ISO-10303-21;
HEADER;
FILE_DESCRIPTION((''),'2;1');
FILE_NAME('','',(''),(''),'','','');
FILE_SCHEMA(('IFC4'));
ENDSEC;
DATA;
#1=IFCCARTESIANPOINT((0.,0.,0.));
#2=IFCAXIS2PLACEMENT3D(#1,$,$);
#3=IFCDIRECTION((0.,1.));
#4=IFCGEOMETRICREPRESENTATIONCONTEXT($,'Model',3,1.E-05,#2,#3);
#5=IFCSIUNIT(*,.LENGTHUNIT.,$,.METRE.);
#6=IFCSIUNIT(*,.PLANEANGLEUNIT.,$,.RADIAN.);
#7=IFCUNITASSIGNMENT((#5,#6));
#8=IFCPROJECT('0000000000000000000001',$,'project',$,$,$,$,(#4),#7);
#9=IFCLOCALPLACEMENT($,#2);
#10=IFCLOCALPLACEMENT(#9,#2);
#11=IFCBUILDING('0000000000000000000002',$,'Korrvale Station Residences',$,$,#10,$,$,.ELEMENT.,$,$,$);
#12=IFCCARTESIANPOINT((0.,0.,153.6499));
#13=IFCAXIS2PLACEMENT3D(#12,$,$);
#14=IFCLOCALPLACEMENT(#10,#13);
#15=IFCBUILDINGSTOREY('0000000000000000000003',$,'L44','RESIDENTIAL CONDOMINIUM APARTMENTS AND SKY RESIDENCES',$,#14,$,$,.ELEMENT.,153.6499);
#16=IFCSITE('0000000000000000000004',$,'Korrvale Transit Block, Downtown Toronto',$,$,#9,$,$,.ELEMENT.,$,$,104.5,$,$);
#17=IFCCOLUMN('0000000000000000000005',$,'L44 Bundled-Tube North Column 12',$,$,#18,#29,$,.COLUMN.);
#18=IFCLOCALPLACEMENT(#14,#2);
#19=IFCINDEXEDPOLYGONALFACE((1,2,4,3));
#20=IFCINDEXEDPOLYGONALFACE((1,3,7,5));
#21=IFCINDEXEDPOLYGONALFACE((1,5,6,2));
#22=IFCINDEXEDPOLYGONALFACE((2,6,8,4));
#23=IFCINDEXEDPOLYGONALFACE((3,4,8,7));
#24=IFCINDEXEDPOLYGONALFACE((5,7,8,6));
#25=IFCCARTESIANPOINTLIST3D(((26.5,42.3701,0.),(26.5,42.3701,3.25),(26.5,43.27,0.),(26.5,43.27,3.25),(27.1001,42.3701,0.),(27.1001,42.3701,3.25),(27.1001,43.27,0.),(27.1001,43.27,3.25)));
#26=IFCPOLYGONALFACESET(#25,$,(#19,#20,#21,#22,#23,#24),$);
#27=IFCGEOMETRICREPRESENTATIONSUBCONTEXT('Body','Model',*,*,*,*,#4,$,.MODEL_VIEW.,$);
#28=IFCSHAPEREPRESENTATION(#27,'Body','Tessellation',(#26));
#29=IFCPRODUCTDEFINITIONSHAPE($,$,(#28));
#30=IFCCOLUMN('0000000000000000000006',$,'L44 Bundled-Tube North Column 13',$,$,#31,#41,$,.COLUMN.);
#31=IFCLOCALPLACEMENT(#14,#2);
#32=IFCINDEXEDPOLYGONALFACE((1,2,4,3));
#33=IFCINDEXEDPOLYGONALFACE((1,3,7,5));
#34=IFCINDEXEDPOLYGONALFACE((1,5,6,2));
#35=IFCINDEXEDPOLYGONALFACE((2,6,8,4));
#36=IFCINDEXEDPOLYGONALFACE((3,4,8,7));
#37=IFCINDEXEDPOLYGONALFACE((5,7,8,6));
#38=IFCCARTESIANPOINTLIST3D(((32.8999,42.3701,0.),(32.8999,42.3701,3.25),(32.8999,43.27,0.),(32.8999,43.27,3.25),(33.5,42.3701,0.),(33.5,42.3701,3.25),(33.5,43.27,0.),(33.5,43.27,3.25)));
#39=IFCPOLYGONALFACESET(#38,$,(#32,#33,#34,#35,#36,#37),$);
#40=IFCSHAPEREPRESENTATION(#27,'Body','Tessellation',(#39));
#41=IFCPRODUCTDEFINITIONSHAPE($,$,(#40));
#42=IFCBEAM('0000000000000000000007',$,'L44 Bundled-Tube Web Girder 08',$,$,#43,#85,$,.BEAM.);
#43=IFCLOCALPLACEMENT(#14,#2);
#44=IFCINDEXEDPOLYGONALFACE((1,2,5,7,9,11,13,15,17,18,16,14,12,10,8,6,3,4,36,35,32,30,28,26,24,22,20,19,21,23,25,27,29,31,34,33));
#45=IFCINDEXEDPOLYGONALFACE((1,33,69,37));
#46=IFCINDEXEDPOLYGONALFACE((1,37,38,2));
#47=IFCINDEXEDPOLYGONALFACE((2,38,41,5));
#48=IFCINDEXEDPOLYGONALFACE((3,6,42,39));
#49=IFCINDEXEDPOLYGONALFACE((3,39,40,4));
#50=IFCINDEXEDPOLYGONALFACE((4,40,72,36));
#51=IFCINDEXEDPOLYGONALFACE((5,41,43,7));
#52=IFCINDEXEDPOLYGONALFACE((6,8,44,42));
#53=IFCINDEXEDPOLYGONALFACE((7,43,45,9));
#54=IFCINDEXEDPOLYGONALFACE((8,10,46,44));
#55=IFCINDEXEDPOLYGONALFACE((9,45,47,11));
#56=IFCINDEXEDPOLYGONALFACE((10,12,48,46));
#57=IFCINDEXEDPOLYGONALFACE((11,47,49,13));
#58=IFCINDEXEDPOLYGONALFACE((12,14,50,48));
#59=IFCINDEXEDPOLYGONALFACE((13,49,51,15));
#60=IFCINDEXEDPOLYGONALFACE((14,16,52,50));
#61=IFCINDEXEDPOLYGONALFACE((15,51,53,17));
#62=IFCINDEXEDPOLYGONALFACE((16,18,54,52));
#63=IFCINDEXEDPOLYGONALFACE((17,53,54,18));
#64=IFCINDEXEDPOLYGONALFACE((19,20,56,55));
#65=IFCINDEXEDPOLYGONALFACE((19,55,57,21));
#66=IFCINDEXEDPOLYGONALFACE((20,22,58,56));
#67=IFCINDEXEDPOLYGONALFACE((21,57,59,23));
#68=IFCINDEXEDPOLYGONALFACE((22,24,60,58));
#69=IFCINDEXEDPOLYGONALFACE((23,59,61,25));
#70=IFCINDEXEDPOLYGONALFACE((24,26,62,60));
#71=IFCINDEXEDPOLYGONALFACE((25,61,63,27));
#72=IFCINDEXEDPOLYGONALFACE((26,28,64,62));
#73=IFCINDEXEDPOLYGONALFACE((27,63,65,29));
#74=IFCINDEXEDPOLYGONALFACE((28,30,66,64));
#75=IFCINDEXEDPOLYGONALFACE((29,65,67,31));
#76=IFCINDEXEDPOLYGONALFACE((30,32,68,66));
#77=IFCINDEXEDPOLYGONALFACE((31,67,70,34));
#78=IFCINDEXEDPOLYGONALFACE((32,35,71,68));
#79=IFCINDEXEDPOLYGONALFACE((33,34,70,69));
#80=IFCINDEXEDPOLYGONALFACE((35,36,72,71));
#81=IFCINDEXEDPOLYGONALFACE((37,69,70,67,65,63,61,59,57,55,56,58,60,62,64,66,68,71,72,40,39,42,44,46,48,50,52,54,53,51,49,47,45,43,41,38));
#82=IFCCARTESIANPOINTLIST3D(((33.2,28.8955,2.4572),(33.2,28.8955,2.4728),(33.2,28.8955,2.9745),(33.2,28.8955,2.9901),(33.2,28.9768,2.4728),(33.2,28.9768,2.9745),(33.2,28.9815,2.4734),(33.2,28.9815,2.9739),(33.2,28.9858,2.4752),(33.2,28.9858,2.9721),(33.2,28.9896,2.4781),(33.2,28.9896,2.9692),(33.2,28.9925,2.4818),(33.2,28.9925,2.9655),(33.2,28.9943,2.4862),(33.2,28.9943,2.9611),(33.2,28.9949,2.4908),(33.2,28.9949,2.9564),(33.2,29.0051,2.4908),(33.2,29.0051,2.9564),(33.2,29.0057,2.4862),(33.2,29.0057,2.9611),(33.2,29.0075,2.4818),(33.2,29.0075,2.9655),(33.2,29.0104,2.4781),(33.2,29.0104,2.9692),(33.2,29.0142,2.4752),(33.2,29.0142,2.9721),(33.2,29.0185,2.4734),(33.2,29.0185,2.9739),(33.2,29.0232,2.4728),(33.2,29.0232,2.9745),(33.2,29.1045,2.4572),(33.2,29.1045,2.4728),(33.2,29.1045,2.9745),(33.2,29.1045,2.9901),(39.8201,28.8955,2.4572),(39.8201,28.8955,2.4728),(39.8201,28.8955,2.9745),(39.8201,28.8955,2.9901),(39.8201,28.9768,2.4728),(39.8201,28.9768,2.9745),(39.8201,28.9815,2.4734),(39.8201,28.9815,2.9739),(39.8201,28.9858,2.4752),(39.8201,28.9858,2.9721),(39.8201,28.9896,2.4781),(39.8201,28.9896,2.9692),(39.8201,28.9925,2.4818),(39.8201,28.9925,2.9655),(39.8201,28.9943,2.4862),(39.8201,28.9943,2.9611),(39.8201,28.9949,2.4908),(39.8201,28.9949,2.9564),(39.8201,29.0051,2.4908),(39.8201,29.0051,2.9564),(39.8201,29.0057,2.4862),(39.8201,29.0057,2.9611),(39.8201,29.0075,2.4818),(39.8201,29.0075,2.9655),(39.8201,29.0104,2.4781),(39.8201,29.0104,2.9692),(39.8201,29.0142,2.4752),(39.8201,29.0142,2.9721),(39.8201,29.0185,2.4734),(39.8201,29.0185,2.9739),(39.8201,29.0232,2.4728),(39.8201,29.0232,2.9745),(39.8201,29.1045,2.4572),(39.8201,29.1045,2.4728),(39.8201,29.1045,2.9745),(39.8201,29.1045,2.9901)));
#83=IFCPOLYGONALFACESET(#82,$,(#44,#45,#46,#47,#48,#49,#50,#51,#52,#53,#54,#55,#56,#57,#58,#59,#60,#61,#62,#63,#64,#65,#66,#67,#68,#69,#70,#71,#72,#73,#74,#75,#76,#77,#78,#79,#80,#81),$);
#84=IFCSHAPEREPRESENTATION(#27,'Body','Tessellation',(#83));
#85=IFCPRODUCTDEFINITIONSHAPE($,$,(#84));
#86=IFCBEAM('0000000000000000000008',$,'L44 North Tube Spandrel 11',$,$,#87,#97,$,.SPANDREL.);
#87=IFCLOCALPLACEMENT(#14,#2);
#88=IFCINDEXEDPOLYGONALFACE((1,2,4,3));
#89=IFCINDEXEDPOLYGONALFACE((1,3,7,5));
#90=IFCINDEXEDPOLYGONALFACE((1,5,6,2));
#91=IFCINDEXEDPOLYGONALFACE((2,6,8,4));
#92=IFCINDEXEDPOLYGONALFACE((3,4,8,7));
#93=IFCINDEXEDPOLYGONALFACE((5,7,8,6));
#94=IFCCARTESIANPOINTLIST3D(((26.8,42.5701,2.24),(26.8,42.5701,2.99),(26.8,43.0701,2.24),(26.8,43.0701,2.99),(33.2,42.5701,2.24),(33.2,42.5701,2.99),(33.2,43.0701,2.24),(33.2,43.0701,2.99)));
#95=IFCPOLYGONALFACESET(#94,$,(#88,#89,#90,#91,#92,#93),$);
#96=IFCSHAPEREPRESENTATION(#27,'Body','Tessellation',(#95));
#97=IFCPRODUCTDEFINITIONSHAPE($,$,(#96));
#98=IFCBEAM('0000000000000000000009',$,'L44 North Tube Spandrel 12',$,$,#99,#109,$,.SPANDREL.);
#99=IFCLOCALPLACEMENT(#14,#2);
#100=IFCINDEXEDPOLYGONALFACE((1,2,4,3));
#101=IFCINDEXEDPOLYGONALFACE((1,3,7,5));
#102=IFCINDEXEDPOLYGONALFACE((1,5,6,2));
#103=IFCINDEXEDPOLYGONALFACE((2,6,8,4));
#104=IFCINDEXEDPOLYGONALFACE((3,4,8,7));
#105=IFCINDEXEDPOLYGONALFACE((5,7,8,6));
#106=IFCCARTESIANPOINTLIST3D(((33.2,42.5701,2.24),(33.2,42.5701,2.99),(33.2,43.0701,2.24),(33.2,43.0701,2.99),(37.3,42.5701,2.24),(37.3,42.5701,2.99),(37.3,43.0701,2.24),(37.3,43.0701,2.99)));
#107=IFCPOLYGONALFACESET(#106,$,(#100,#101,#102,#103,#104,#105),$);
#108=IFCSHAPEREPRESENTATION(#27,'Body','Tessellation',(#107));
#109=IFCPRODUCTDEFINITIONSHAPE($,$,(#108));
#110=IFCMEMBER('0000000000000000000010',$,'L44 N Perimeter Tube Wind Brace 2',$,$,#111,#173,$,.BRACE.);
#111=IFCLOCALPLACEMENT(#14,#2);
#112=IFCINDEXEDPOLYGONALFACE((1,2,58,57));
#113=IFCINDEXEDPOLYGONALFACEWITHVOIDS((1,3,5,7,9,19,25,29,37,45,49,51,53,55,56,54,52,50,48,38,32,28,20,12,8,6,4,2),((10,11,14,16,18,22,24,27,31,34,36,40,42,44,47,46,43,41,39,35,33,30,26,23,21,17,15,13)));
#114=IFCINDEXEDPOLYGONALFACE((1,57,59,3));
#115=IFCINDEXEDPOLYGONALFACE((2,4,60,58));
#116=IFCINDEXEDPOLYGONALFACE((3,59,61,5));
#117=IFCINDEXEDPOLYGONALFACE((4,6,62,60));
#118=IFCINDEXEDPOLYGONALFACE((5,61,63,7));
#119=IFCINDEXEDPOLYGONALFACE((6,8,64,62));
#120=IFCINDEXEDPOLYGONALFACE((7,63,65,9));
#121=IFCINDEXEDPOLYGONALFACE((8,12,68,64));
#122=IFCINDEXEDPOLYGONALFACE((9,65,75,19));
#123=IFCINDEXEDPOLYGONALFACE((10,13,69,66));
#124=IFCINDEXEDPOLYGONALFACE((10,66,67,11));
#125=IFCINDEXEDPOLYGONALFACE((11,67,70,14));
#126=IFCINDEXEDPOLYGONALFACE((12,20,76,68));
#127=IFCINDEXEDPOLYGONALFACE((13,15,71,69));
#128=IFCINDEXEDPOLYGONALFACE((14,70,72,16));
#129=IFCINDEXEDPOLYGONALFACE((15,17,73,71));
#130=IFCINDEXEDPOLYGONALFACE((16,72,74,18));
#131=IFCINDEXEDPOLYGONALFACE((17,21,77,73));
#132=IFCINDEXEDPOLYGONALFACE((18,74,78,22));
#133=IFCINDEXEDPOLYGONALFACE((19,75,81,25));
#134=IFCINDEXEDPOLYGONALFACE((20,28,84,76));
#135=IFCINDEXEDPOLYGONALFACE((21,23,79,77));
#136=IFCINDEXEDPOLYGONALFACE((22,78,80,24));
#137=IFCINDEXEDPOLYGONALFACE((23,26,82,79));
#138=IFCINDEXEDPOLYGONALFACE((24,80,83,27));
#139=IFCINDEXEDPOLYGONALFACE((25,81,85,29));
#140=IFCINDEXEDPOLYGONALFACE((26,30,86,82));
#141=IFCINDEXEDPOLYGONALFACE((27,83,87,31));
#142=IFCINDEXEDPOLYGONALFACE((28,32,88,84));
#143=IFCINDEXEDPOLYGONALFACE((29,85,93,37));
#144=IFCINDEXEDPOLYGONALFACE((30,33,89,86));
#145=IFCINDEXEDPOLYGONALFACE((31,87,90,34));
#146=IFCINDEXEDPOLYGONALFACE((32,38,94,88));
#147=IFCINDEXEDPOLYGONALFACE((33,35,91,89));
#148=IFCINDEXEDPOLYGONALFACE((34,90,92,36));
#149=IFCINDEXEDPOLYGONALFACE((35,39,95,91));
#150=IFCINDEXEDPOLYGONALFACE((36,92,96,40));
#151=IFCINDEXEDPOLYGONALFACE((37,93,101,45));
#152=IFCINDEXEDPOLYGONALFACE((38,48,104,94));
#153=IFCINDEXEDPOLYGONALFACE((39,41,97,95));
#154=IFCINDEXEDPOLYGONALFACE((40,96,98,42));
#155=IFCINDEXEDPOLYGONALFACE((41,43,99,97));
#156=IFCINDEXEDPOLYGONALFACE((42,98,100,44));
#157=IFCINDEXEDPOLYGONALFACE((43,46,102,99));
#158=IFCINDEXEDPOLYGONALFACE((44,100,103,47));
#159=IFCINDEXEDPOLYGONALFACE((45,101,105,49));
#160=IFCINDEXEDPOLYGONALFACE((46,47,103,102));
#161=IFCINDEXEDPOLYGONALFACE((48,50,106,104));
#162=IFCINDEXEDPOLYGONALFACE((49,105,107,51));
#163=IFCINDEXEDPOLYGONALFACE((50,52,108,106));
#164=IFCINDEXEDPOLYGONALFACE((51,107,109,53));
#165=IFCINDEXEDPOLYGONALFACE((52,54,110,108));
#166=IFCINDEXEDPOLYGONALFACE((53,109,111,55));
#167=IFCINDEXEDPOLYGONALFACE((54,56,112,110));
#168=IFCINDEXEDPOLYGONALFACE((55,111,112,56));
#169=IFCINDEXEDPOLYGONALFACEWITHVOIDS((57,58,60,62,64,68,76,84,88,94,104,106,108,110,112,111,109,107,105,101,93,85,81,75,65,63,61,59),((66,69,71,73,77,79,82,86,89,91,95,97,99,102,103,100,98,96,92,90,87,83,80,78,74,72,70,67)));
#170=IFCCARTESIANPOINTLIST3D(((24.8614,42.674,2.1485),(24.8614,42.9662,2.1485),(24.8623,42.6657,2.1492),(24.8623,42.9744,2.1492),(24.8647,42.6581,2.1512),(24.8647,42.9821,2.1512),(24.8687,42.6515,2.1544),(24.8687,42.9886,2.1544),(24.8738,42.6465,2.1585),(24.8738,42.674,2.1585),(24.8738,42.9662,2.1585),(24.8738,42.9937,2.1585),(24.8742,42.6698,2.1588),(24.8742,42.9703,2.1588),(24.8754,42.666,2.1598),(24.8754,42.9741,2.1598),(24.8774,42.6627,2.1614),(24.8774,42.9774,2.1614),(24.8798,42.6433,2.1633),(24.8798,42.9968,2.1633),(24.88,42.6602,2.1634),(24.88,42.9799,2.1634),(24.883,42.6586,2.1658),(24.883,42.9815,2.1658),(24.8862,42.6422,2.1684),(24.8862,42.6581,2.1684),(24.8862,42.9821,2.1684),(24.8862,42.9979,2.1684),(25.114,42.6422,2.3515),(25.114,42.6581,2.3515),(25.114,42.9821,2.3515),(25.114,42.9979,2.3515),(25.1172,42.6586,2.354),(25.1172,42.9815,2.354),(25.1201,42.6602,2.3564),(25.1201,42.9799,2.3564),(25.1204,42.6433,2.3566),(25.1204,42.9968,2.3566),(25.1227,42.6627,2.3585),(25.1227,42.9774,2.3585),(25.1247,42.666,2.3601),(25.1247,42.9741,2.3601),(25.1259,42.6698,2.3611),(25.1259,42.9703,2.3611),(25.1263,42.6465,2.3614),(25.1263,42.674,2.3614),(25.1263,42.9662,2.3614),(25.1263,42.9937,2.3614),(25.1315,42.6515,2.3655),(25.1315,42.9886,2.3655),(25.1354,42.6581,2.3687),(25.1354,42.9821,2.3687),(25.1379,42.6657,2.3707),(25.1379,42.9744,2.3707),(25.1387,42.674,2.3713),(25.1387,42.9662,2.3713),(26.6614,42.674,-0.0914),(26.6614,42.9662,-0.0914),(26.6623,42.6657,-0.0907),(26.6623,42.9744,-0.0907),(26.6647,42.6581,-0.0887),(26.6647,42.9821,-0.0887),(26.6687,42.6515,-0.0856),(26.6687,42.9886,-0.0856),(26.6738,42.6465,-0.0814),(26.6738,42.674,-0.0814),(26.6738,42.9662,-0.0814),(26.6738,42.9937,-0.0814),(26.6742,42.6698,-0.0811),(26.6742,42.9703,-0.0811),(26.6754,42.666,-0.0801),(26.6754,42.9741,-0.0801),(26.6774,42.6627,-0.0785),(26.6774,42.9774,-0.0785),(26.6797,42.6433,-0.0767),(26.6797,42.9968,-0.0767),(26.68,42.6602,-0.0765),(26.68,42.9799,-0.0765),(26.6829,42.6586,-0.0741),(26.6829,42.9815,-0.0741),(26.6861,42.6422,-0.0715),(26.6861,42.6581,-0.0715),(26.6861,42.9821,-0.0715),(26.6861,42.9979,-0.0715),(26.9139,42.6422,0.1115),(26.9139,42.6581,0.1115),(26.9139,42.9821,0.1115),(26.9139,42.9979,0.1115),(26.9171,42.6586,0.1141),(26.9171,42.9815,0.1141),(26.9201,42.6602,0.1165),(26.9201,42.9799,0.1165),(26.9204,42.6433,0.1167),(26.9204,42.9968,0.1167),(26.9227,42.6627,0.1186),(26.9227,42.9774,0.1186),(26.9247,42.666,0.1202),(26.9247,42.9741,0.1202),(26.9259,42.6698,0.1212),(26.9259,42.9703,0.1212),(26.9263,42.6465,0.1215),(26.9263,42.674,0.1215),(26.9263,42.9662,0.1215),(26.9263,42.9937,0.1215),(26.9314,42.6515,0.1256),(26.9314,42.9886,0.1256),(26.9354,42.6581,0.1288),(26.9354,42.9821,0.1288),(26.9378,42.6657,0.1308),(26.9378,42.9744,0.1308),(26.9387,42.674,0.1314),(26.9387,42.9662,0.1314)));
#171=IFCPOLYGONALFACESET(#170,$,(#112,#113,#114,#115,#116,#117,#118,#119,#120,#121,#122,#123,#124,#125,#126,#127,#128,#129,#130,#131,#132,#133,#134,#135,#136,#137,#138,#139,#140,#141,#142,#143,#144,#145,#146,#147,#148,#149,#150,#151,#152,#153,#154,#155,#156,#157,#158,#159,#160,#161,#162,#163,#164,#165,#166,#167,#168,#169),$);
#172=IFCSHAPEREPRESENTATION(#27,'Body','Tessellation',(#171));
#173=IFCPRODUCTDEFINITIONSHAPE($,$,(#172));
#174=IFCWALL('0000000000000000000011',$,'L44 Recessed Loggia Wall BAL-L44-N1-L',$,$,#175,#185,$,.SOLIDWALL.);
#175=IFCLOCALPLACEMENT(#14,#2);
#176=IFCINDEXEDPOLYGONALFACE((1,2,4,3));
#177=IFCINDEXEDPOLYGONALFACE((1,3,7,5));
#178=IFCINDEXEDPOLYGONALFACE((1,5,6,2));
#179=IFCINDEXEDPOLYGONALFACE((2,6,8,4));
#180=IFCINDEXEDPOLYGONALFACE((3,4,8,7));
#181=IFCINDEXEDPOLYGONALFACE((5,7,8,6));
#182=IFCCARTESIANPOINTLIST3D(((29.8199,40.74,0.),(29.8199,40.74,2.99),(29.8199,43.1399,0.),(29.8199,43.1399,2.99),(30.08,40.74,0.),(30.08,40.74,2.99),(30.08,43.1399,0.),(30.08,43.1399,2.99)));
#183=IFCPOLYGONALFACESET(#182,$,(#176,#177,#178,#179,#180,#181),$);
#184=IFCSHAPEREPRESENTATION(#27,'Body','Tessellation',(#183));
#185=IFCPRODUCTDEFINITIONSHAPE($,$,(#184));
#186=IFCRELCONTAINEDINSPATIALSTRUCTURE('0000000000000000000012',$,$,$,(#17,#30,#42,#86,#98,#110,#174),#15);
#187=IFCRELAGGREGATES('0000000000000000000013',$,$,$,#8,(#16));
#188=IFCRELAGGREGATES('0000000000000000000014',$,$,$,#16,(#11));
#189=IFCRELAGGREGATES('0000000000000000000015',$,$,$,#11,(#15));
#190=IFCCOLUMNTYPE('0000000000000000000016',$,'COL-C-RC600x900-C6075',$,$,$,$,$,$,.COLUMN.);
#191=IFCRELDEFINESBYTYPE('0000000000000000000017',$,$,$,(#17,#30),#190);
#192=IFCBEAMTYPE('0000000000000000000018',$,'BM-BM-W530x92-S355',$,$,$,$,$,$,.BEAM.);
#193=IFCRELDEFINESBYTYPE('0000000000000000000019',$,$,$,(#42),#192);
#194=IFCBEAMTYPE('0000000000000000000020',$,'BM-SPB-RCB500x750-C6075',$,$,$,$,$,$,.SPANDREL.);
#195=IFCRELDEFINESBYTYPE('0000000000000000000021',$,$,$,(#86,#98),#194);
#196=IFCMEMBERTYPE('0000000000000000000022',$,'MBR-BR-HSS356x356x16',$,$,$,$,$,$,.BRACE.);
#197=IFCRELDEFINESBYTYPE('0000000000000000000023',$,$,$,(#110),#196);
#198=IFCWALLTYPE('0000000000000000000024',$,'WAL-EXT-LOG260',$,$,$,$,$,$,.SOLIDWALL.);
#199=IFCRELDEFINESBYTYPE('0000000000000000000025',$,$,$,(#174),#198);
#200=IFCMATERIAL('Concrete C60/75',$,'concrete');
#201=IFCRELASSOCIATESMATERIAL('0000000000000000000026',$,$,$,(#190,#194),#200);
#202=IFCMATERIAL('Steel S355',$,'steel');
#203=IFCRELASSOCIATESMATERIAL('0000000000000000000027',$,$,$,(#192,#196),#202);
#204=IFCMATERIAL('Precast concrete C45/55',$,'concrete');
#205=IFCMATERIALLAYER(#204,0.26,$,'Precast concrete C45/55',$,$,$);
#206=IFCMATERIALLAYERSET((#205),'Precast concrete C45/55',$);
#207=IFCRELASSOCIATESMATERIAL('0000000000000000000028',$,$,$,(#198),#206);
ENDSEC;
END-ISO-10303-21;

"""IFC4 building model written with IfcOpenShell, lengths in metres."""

from ifc_helpers import new_model, si_unit, direction, frame, frame_2d, origin, origin_2d, place, context, subcontext, project, spatial, rectangle, hollow_rectangle, i_section, extrude, material, layer, layer_set, material_profile, profile_set, type_object, element, save


model = new_model("IFC4")

# Units and contexts
model_context = context("Model", 3, precision=1e-05, world=origin(), true_north=direction((0.0, 1.0)))
body_context = subcontext(model_context, "Body", "Model", "MODEL_VIEW")
ifc_project = project(units=[si_unit("LENGTHUNIT", "METRE"), si_unit("PLANEANGLEUNIT", "RADIAN")], contexts=[model_context])

# Site, building, storey
site_placement = place(None, origin())
site = spatial("IfcSite", under=ifc_project, at=site_placement, Name="Korrvale Transit Block, Downtown Toronto", CompositionType="ELEMENT", RefElevation=104.5)
building_placement = place(site_placement, origin())
building = spatial("IfcBuilding", under=site, at=building_placement, Name="Korrvale Station Residences", CompositionType="ELEMENT")
storey_placement = place(building_placement, frame((0.0, 0.0, 153.6499)))
storey = spatial("IfcBuildingStorey", under=building, at=storey_placement, Name="L44", Description="RESIDENTIAL CONDOMINIUM APARTMENTS AND SKY RESIDENCES", CompositionType="ELEMENT", Elevation=153.6499)

# Columns
ifc_material_1 = material(Name="Concrete C60/75", Category="concrete")
ifc_material_profile_1 = material_profile(ifc_material_1, rectangle(XDim=0.6001, YDim=0.8999, at=origin_2d()), Name="RC600x900")
ifc_profile_set_1 = profile_set([ifc_material_profile_1], Name="Concrete C60/75")
column_type = type_object("IfcColumnType", Name="COL-C-RC600x900-C6075", PredefinedType="COLUMN", material=ifc_profile_set_1)
for number, where, z_axis, x_axis, name in (
    (1, (26.8, 42.8201, 0.0), (0.0, 0.0, 1.0), (1.0, 0.0, 0.0), "L44 Bundled-Tube North Column 12"),
    (2, (33.2, 42.8201, 0.0), (0.0, 0.0, 1.0), (1.0, 0.0, 0.0), "L44 Bundled-Tube North Column 13"),
):
    element("IfcColumn", number, at=place(storey_placement, frame(where, z_axis=z_axis, x_axis=x_axis)), inside=storey, type_object=column_type, Name=name, PredefinedType="COLUMN", context=body_context, shape_type="SweptSolid", body=[
        extrude(rectangle(XDim=0.6001, YDim=0.8999, at=origin_2d()), origin(), (0.0, 0.0, 1.0), 3.25),
    ])

# Beams
ifc_material_2 = material(Name="Steel S355", Category="steel")
ifc_material_profile_2 = material_profile(ifc_material_2, i_section(OverallWidth=0.209, OverallDepth=0.533, WebThickness=0.0103, FlangeThickness=0.0156, FilletRadius=0.0181, at=origin_2d()), Name="W530x92")
ifc_profile_set_2 = profile_set([ifc_material_profile_2], Name="Steel S355")
beam_type_1 = type_object("IfcBeamType", Name="BM-BM-W530x92-S355", PredefinedType="BEAM", material=ifc_profile_set_2)
beam_1_placement = place(storey_placement, frame((33.2, 29.0, 2.7236), z_axis=(1.0, 0.0, 0.0), x_axis=(0.0, 1.0, 0.0)))
element("IfcBeam", 3, at=beam_1_placement, inside=storey, type_object=beam_type_1, Name="L44 Bundled-Tube Web Girder 08", PredefinedType="BEAM", context=body_context, shape_type="SweptSolid", body=[
    extrude(i_section(OverallWidth=0.209, OverallDepth=0.533, WebThickness=0.0103, FlangeThickness=0.0156, FilletRadius=0.0181, at=origin_2d()), origin(), (0.0, 0.0, 1.0), 6.6201),
])
ifc_material_profile_3 = material_profile(ifc_material_1, rectangle(XDim=0.5, YDim=0.75, at=origin_2d()), Name="RCB500x750")
ifc_profile_set_3 = profile_set([ifc_material_profile_3], Name="Concrete C60/75")
beam_type_2 = type_object("IfcBeamType", Name="BM-SPB-RCB500x750-C6075", PredefinedType="SPANDREL", material=ifc_profile_set_3)
beam_2_placement = place(storey_placement, frame((26.8, 42.8201, 2.615), z_axis=(1.0, 0.0, 0.0), x_axis=(0.0, 1.0, 0.0)))
element("IfcBeam", 4, at=beam_2_placement, inside=storey, type_object=beam_type_2, Name="L44 North Tube Spandrel 11", PredefinedType="SPANDREL", context=body_context, shape_type="SweptSolid", body=[
    extrude(rectangle(XDim=0.5, YDim=0.75, at=origin_2d()), origin(), (0.0, 0.0, 1.0), 6.3999),
])
beam_3_placement = place(storey_placement, frame((33.2, 42.8201, 2.615), z_axis=(1.0, 0.0, 0.0), x_axis=(0.0, 1.0, 0.0)))
element("IfcBeam", 5, at=beam_3_placement, inside=storey, type_object=beam_type_2, Name="L44 North Tube Spandrel 12", PredefinedType="SPANDREL", context=body_context, shape_type="SweptSolid", body=[
    extrude(rectangle(XDim=0.5, YDim=0.75, at=origin_2d()), origin(), (0.0, 0.0, 1.0), 4.1001),
])

# Member
ifc_material_profile_4 = material_profile(ifc_material_2, hollow_rectangle(XDim=0.3557, YDim=0.3557, WallThickness=0.0159, InnerFilletRadius=0.0159, OuterFilletRadius=0.0317, at=origin_2d()), Name="HSS356x356x16")
ifc_profile_set_4 = profile_set([ifc_material_profile_4], Name="Steel S355")
member_type = type_object("IfcMemberType", Name="MBR-BR-HSS356x356x16", PredefinedType="BRACE", material=ifc_profile_set_4)
member_placement = place(storey_placement, frame((26.8, 42.8201, 0.02), z_axis=(-0.626403, 0.0, 0.779499), x_axis=(0.0, -1.0, 0.0)))
element("IfcMember", 6, at=member_placement, inside=storey, type_object=member_type, Name="L44 N Perimeter Tube Wind Brace 2", PredefinedType="BRACE", context=body_context, shape_type="SweptSolid", body=[
    extrude(hollow_rectangle(XDim=0.3557, YDim=0.3557, WallThickness=0.0159, InnerFilletRadius=0.0159, OuterFilletRadius=0.0317, at=origin_2d()), origin(), (0.0, 0.0, 1.0), 2.8735),
])

# Wall
ifc_material_3 = material(Name="Precast concrete C45/55", Category="concrete")
ifc_layer_1 = layer(ifc_material_3, 0.26, Name="Precast concrete C45/55")
ifc_layer_set_1 = layer_set([ifc_layer_1], Name="Precast concrete C45/55")
wall_type_1 = type_object("IfcWallType", Name="WAL-EXT-LOG260", PredefinedType="SOLIDWALL", material=ifc_layer_set_1)
wall_1_placement = place(storey_placement, frame((29.95, 43.1399, 0.0), z_axis=(0.0, 0.0, 1.0), x_axis=(0.0, -1.0, 0.0)))
element("IfcWall", 7, at=wall_1_placement, inside=storey, type_object=wall_type_1, Name="L44 Recessed Loggia Wall BAL-L44-N1-L", PredefinedType="SOLIDWALL", context=body_context, shape_type="SweptSolid", body=[
    extrude(rectangle(XDim=2.3999, YDim=0.26, at=frame_2d((1.2, 0.0))), origin(), (0.0, 0.0, 1.0), 2.99),
])

save(model, "model.ifc")
